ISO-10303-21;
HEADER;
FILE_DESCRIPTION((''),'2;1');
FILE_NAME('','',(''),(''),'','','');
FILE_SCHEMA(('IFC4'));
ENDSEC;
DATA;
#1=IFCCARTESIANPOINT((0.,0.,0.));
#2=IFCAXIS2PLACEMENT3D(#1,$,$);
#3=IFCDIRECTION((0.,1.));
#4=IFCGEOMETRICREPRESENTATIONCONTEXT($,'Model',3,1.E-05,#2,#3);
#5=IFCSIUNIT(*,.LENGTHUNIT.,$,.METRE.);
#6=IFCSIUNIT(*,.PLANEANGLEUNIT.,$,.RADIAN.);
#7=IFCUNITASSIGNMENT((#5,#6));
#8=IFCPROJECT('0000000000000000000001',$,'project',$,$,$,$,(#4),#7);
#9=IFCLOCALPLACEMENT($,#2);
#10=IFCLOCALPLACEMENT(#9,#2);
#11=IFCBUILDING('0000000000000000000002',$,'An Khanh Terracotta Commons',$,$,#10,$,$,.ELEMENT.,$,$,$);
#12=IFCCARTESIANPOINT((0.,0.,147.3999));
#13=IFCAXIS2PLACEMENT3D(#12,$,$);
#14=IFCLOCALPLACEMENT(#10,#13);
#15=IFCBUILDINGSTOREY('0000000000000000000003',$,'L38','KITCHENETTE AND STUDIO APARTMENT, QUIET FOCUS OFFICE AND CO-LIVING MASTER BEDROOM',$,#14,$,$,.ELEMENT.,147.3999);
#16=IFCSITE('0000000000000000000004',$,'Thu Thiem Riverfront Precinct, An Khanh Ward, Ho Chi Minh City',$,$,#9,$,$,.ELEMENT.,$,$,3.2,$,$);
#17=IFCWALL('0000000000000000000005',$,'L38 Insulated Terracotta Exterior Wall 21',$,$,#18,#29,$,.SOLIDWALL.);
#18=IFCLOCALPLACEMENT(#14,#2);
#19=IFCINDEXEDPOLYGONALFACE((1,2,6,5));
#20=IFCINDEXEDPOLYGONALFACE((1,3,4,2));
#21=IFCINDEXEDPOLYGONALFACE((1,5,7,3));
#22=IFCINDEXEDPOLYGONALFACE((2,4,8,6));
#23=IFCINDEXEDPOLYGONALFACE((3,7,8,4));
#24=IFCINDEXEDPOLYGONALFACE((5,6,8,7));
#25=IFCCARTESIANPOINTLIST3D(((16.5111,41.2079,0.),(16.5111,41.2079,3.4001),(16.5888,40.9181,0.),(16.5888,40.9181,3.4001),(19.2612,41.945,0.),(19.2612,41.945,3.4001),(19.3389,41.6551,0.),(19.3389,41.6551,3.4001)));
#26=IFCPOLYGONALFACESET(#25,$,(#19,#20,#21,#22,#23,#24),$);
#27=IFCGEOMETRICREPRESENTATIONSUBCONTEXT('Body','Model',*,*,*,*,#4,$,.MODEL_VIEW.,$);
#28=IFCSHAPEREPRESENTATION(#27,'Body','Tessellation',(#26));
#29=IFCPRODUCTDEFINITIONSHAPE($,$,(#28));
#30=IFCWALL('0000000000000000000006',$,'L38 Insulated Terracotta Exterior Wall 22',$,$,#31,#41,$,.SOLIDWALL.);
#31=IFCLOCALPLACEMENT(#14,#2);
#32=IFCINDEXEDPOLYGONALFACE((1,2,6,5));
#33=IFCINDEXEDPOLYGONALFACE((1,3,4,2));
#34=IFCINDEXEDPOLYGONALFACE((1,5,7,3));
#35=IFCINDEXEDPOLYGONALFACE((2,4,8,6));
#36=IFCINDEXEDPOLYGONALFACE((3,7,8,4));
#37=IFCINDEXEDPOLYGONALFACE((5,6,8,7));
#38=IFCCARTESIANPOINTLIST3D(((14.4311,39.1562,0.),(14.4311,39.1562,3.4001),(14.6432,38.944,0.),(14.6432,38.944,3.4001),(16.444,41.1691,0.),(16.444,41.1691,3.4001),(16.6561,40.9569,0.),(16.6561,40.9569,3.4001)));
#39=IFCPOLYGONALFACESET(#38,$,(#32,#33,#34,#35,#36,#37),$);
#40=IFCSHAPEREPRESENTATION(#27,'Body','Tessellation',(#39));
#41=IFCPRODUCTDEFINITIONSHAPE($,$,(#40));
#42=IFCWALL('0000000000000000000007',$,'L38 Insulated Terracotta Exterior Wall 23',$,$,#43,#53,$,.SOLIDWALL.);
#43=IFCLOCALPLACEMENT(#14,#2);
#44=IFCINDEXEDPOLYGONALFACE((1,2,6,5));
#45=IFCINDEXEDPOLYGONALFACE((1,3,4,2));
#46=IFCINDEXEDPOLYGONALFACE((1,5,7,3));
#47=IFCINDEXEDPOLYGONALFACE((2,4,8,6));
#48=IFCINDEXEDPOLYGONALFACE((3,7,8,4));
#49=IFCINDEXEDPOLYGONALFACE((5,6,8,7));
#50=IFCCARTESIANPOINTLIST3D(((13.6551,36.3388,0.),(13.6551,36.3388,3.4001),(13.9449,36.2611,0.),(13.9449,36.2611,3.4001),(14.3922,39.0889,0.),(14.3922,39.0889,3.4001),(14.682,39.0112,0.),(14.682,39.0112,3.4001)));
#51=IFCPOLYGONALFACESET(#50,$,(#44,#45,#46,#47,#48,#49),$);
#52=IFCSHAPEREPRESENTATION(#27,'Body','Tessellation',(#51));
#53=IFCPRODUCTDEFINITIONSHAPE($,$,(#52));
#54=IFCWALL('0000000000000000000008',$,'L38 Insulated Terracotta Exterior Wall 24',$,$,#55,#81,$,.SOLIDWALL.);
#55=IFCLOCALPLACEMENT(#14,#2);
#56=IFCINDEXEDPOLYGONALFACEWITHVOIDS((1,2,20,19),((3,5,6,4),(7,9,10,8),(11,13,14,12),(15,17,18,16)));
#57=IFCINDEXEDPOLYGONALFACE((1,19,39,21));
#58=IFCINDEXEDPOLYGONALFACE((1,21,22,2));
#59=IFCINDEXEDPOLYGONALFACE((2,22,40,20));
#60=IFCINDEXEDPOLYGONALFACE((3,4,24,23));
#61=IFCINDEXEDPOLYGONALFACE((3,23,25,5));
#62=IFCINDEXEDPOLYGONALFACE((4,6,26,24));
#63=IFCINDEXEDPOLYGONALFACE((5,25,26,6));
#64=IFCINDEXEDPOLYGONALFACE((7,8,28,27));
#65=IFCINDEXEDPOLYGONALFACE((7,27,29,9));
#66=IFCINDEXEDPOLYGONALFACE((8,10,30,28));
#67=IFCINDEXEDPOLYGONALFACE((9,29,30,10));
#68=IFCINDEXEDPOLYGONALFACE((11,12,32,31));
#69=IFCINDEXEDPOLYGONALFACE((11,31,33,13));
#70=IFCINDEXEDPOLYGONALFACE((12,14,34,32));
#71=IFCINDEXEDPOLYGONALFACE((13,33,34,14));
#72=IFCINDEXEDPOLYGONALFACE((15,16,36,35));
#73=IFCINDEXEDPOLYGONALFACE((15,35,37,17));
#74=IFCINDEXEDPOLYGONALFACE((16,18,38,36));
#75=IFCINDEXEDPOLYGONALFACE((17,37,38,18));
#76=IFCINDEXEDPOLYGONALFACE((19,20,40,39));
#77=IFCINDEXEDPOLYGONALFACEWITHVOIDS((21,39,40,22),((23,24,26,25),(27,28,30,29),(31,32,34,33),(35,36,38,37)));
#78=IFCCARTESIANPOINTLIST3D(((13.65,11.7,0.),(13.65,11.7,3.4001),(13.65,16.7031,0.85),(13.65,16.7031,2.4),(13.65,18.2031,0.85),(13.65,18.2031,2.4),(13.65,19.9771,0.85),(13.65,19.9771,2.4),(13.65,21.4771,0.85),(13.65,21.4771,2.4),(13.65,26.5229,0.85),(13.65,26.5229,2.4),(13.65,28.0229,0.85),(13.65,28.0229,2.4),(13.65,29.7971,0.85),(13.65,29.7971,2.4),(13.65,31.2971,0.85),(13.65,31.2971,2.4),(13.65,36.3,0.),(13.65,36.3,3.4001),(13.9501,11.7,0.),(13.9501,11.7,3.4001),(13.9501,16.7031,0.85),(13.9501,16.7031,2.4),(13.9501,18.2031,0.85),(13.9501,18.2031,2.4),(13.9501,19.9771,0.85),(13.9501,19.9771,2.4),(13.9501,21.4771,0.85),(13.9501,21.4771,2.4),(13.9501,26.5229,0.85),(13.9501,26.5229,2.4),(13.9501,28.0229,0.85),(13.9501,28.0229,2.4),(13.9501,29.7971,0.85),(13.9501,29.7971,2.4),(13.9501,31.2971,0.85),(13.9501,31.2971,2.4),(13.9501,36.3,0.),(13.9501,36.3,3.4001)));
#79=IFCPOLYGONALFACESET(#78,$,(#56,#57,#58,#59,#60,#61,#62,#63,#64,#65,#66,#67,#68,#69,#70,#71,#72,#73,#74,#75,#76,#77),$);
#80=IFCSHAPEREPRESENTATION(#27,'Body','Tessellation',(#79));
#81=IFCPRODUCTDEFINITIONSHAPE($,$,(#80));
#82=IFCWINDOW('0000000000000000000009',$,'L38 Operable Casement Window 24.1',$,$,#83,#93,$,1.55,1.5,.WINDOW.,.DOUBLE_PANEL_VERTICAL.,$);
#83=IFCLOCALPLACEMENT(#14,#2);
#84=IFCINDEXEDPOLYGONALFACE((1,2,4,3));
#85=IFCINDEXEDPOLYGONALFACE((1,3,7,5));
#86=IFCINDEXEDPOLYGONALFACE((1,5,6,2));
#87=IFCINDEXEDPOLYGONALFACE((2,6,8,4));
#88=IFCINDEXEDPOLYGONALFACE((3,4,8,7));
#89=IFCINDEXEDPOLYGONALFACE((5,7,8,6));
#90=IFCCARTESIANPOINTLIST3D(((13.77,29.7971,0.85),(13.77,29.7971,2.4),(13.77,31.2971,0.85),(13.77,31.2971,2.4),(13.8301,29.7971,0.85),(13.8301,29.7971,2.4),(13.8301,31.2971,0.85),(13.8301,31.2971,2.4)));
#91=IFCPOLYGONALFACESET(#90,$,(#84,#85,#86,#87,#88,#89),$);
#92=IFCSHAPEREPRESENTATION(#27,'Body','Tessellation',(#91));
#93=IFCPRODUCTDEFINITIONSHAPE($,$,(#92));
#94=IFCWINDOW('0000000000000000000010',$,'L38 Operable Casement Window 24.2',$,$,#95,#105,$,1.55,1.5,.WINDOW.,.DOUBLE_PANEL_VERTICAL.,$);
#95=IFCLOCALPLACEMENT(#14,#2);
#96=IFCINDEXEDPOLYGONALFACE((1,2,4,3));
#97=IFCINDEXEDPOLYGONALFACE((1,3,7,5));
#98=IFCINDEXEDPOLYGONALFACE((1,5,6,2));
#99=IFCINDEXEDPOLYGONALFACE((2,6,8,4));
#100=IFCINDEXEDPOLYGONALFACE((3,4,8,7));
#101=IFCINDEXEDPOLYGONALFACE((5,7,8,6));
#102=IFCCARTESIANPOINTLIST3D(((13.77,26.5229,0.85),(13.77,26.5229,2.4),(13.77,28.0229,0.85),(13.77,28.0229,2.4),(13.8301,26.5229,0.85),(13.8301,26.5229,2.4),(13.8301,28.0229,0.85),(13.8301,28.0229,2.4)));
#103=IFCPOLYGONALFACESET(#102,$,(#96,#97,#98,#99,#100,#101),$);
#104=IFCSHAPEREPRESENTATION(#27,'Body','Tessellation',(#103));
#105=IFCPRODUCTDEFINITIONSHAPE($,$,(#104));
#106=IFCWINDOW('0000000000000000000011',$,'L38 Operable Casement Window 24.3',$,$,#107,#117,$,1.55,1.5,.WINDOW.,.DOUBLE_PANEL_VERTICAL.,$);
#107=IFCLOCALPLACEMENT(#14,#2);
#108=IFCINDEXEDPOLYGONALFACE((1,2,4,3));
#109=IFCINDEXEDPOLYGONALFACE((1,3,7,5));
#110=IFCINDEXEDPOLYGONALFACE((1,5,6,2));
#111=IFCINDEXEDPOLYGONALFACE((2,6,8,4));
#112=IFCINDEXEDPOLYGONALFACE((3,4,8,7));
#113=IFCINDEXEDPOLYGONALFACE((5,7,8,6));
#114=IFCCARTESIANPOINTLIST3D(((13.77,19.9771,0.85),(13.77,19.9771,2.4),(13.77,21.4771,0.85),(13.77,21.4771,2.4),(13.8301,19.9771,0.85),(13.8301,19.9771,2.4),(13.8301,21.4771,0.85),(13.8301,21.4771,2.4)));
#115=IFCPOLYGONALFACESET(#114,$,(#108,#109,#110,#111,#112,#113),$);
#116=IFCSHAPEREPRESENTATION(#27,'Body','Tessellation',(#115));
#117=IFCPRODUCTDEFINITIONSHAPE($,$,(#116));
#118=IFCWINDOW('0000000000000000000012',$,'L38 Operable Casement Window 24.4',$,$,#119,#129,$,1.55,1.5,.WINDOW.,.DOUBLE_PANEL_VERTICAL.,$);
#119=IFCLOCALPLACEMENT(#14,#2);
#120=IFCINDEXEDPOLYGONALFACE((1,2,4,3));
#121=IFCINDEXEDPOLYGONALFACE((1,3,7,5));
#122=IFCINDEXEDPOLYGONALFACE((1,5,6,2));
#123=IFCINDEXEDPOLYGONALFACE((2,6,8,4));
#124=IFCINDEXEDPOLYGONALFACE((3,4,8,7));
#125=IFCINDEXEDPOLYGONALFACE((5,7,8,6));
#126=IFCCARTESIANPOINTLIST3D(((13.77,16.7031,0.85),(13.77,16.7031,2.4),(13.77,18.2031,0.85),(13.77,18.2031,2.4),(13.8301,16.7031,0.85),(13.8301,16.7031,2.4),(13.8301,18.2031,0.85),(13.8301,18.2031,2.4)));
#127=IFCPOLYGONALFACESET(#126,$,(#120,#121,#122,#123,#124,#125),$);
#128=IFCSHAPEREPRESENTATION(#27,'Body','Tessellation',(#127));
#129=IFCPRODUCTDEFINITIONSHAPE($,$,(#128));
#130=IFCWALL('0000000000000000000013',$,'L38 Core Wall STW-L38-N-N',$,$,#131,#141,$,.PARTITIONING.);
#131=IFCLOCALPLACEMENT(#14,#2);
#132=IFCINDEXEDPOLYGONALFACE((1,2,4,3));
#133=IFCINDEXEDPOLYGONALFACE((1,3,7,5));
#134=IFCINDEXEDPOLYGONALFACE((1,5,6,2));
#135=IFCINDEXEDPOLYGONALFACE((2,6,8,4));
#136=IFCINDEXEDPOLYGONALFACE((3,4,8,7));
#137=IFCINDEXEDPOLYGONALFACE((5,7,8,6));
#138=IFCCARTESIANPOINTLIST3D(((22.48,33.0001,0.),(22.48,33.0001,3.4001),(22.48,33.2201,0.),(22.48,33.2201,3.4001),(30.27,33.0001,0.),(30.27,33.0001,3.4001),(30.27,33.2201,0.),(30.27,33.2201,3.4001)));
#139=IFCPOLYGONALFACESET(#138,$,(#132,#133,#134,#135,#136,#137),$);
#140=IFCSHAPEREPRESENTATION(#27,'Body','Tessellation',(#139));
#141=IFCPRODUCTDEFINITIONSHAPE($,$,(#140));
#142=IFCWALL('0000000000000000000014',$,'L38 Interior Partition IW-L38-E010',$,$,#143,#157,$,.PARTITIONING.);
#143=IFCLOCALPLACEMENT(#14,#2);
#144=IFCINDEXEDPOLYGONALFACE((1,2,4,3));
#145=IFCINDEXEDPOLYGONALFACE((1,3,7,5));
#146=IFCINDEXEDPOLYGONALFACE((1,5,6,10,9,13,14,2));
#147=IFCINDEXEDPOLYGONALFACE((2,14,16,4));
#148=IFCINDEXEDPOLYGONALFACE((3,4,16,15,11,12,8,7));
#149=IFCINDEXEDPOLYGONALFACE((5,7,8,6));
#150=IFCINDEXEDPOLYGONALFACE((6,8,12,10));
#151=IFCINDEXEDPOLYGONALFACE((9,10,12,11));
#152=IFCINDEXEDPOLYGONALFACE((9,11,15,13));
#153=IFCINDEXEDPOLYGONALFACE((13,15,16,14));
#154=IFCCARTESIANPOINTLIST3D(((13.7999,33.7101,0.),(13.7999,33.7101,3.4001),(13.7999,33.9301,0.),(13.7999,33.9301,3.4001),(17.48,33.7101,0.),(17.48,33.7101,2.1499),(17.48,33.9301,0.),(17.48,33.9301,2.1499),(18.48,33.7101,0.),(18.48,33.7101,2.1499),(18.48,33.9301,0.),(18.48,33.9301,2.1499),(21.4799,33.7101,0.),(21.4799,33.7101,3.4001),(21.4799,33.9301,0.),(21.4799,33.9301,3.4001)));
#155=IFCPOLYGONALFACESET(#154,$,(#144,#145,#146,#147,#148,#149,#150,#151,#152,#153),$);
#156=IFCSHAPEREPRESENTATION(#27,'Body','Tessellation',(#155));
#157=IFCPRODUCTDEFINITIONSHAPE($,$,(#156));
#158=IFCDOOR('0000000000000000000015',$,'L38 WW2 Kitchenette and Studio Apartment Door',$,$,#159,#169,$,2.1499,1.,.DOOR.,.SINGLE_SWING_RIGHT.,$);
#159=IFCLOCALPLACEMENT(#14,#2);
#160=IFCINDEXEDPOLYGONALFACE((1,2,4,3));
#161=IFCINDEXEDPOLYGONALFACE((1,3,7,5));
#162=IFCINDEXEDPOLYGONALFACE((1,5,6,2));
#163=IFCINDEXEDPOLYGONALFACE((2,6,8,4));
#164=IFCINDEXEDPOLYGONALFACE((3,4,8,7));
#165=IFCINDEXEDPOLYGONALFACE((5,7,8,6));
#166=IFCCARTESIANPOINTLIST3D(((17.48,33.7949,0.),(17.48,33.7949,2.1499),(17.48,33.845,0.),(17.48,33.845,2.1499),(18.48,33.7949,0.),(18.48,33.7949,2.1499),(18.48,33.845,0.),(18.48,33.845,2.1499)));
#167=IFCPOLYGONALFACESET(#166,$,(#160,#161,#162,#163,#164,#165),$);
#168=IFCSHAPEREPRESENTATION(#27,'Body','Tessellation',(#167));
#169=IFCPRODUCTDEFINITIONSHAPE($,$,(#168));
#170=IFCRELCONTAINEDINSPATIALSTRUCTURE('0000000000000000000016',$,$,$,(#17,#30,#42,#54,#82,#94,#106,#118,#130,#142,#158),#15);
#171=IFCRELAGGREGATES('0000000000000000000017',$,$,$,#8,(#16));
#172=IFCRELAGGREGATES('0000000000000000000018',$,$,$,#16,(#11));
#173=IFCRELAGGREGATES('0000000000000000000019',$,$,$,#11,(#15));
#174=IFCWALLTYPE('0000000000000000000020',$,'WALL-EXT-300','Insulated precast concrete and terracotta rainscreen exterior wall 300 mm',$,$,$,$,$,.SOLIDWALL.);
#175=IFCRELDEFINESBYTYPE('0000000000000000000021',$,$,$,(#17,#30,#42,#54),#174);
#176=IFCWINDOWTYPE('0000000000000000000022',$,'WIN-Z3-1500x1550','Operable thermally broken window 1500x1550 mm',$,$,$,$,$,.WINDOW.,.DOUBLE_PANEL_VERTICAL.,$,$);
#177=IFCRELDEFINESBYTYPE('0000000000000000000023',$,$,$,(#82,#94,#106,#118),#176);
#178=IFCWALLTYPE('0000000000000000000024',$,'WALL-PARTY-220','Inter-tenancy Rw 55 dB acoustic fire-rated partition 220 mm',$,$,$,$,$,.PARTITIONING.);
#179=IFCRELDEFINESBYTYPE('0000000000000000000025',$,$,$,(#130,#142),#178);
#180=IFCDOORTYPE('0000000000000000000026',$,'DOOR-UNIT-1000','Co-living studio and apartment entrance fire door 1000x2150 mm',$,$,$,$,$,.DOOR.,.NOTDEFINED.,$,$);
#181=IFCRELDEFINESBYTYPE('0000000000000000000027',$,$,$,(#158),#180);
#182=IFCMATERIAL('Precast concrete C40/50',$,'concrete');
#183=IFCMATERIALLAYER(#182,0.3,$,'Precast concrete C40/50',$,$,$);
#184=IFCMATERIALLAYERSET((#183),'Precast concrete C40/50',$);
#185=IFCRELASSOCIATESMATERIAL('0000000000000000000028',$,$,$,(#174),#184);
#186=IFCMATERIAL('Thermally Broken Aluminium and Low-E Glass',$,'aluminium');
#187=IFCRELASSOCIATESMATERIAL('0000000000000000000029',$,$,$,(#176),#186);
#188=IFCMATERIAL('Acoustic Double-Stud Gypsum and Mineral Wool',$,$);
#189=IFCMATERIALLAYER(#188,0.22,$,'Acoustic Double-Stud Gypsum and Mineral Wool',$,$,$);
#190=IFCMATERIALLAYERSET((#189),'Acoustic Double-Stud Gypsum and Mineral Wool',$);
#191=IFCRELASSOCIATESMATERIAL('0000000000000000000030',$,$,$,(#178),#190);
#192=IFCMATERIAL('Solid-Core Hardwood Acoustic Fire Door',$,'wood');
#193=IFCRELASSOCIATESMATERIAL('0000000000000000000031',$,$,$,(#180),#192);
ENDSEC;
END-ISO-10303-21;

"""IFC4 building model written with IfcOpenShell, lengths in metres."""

from ifc_helpers import new_model, si_unit, direction, frame, frame_2d, origin, place, context, subcontext, project, spatial, rectangle, extrude, material, layer, layer_set, type_object, element, fill, save


model = new_model("IFC4")

# Units and contexts
model_context = context("Model", 3, precision=1e-05, world=origin(), true_north=direction((0.0, 1.0)))
body_context = subcontext(model_context, "Body", "Model", "MODEL_VIEW")
ifc_project = project(units=[si_unit("LENGTHUNIT", "METRE"), si_unit("PLANEANGLEUNIT", "RADIAN")], contexts=[model_context])

# Site, building, storey
site_placement = place(None, origin())
site = spatial("IfcSite", under=ifc_project, at=site_placement, Name="Thu Thiem Riverfront Precinct, An Khanh Ward, Ho Chi Minh City", CompositionType="ELEMENT", RefElevation=3.2)
building_placement = place(site_placement, origin())
building = spatial("IfcBuilding", under=site, at=building_placement, Name="An Khanh Terracotta Commons", CompositionType="ELEMENT")
storey_placement = place(building_placement, frame((0.0, 0.0, 147.3999)))
storey = spatial("IfcBuildingStorey", under=building, at=storey_placement, Name="L38", Description="KITCHENETTE AND STUDIO APARTMENT, QUIET FOCUS OFFICE AND CO-LIVING MASTER BEDROOM", CompositionType="ELEMENT", Elevation=147.3999)

# Walls
ifc_material_1 = material(Name="Precast concrete C40/50", Category="concrete")
ifc_layer_1 = layer(ifc_material_1, 0.3, Name="Precast concrete C40/50")
ifc_layer_set_1 = layer_set([ifc_layer_1], Name="Precast concrete C40/50")
wall_type_1 = type_object("IfcWallType", Name="WALL-EXT-300", Description="Insulated precast concrete and terracotta rainscreen exterior wall 300 mm", PredefinedType="SOLIDWALL", material=ifc_layer_set_1)
wall_1_placement = place(storey_placement, frame((19.3, 41.8, 0.0), z_axis=(0.0, 0.0, 1.0), x_axis=(-0.965908, -0.258885, 0.0)))
element("IfcWall", 1, at=wall_1_placement, inside=storey, type_object=wall_type_1, Name="L38 Insulated Terracotta Exterior Wall 21", PredefinedType="SOLIDWALL", context=body_context, shape_type="SweptSolid", body=[
    extrude(rectangle(XDim=2.8472, YDim=0.3, at=frame_2d((1.4236, 0.0))), origin(), (0.0, 0.0, 1.0), 3.4001),
])
wall_2_placement = place(storey_placement, frame((16.55, 41.063, 0.0), z_axis=(0.0, 0.0, 1.0), x_axis=(-0.707107, -0.707107, 0.0)))
element("IfcWall", 2, at=wall_2_placement, inside=storey, type_object=wall_type_1, Name="L38 Insulated Terracotta Exterior Wall 22", PredefinedType="SOLIDWALL", context=body_context, shape_type="SweptSolid", body=[
    extrude(rectangle(XDim=2.8467, YDim=0.3, at=frame_2d((1.4233, 0.0))), origin(), (0.0, 0.0, 1.0), 3.4001),
])
wall_3_placement = place(storey_placement, frame((14.5371, 39.05, 0.0), z_axis=(0.0, 0.0, 1.0), x_axis=(-0.258885, -0.965908, 0.0)))
element("IfcWall", 3, at=wall_3_placement, inside=storey, type_object=wall_type_1, Name="L38 Insulated Terracotta Exterior Wall 23", PredefinedType="SOLIDWALL", context=body_context, shape_type="SweptSolid", body=[
    extrude(rectangle(XDim=2.8472, YDim=0.3, at=frame_2d((1.4236, 0.0))), origin(), (0.0, 0.0, 1.0), 3.4001),
])

# Wall, openings, windows
wall_4_placement = place(storey_placement, frame((13.8, 36.3, 0.0), z_axis=(0.0, 0.0, 1.0), x_axis=(0.0, -1.0, 0.0)))
wall_4 = element("IfcWall", 4, at=wall_4_placement, inside=storey, type_object=wall_type_1, Name="L38 Insulated Terracotta Exterior Wall 24", PredefinedType="SOLIDWALL", context=body_context, shape_type="SweptSolid", body=[
    extrude(rectangle(XDim=24.6001, YDim=0.3, at=frame_2d((12.3, 0.0))), origin(), (0.0, 0.0, 1.0), 3.4001),
])
opening_1_placement = place(wall_4_placement, frame((5.0029, 0.0, 0.8501)))
opening_1 = element("IfcOpeningElement", 5, at=opening_1_placement, cuts=wall_4, PredefinedType="OPENING", context=body_context, shape_type="SweptSolid", body=[
    extrude(rectangle(XDim=1.5, YDim=1.55, at=frame_2d((0.75, 0.7749))), frame((0.0, 0.1599, 0.0), z_axis=(0.0, -1.0, 0.0), x_axis=(1.0, 0.0, 0.0)), (0.0, 0.0, 1.0), 0.3201),
])
opening_2_placement = place(wall_4_placement, frame((8.2771, 0.0, 0.8501)))
opening_2 = element("IfcOpeningElement", 6, at=opening_2_placement, cuts=wall_4, PredefinedType="OPENING", context=body_context, shape_type="SweptSolid", body=[
    extrude(rectangle(XDim=1.5, YDim=1.55, at=frame_2d((0.75, 0.7749))), frame((0.0, 0.1599, 0.0), z_axis=(0.0, -1.0, 0.0), x_axis=(1.0, 0.0, 0.0)), (0.0, 0.0, 1.0), 0.3201),
])
opening_3_placement = place(wall_4_placement, frame((14.823, 0.0, 0.8501)))
opening_3 = element("IfcOpeningElement", 7, at=opening_3_placement, cuts=wall_4, PredefinedType="OPENING", context=body_context, shape_type="SweptSolid", body=[
    extrude(rectangle(XDim=1.5, YDim=1.55, at=frame_2d((0.75, 0.7749))), frame((0.0, 0.1599, 0.0), z_axis=(0.0, -1.0, 0.0), x_axis=(1.0, 0.0, 0.0)), (0.0, 0.0, 1.0), 0.3201),
])
opening_4_placement = place(wall_4_placement, frame((18.0969, 0.0, 0.8501)))
opening_4 = element("IfcOpeningElement", 8, at=opening_4_placement, cuts=wall_4, PredefinedType="OPENING", context=body_context, shape_type="SweptSolid", body=[
    extrude(rectangle(XDim=1.5, YDim=1.55, at=frame_2d((0.75, 0.7749))), frame((0.0, 0.1599, 0.0), z_axis=(0.0, -1.0, 0.0), x_axis=(1.0, 0.0, 0.0)), (0.0, 0.0, 1.0), 0.3201),
])
ifc_material_2 = material(Name="Thermally Broken Aluminium and Low-E Glass", Category="aluminium")
window_type = type_object("IfcWindowType", Name="WIN-Z3-1500x1550", Description="Operable thermally broken window 1500x1550 mm", PartitioningType="DOUBLE_PANEL_VERTICAL", PredefinedType="WINDOW", material=ifc_material_2)
window_1_placement = place(opening_1_placement, origin())
window_1 = element("IfcWindow", 9, at=window_1_placement, inside=storey, type_object=window_type, Name="L38 Operable Casement Window 24.1", OverallHeight=1.55, OverallWidth=1.5, PartitioningType="DOUBLE_PANEL_VERTICAL", PredefinedType="WINDOW", context=body_context, shape_type="SweptSolid", body=[
    extrude(rectangle(XDim=1.5, YDim=1.55, at=frame_2d((0.75, 0.7749))), frame((0.0, 0.03, 0.0), z_axis=(0.0, -1.0, 0.0), x_axis=(1.0, 0.0, 0.0)), (0.0, 0.0, 1.0), 0.0601),
])
fill(opening_1, window_1)
window_2_placement = place(opening_2_placement, origin())
window_2 = element("IfcWindow", 10, at=window_2_placement, inside=storey, type_object=window_type, Name="L38 Operable Casement Window 24.2", OverallHeight=1.55, OverallWidth=1.5, PartitioningType="DOUBLE_PANEL_VERTICAL", PredefinedType="WINDOW", context=body_context, shape_type="SweptSolid", body=[
    extrude(rectangle(XDim=1.5, YDim=1.55, at=frame_2d((0.75, 0.7749))), frame((0.0, 0.03, 0.0), z_axis=(0.0, -1.0, 0.0), x_axis=(1.0, 0.0, 0.0)), (0.0, 0.0, 1.0), 0.0601),
])
fill(opening_2, window_2)
window_3_placement = place(opening_3_placement, origin())
window_3 = element("IfcWindow", 11, at=window_3_placement, inside=storey, type_object=window_type, Name="L38 Operable Casement Window 24.3", OverallHeight=1.55, OverallWidth=1.5, PartitioningType="DOUBLE_PANEL_VERTICAL", PredefinedType="WINDOW", context=body_context, shape_type="SweptSolid", body=[
    extrude(rectangle(XDim=1.5, YDim=1.55, at=frame_2d((0.75, 0.7749))), frame((0.0, 0.03, 0.0), z_axis=(0.0, -1.0, 0.0), x_axis=(1.0, 0.0, 0.0)), (0.0, 0.0, 1.0), 0.0601),
])
fill(opening_3, window_3)
window_4_placement = place(opening_4_placement, origin())
window_4 = element("IfcWindow", 12, at=window_4_placement, inside=storey, type_object=window_type, Name="L38 Operable Casement Window 24.4", OverallHeight=1.55, OverallWidth=1.5, PartitioningType="DOUBLE_PANEL_VERTICAL", PredefinedType="WINDOW", context=body_context, shape_type="SweptSolid", body=[
    extrude(rectangle(XDim=1.5, YDim=1.55, at=frame_2d((0.75, 0.7749))), frame((0.0, 0.03, 0.0), z_axis=(0.0, -1.0, 0.0), x_axis=(1.0, 0.0, 0.0)), (0.0, 0.0, 1.0), 0.0601),
])
fill(opening_4, window_4)

# Wall
ifc_material_3 = material(Name="Acoustic Double-Stud Gypsum and Mineral Wool")
ifc_layer_2 = layer(ifc_material_3, 0.22, Name="Acoustic Double-Stud Gypsum and Mineral Wool")
ifc_layer_set_2 = layer_set([ifc_layer_2], Name="Acoustic Double-Stud Gypsum and Mineral Wool")
wall_type_2 = type_object("IfcWallType", Name="WALL-PARTY-220", Description="Inter-tenancy Rw 55 dB acoustic fire-rated partition 220 mm", PredefinedType="PARTITIONING", material=ifc_layer_set_2)
wall_5_placement = place(storey_placement, frame((22.48, 33.1101, 0.0), z_axis=(0.0, 0.0, 1.0), x_axis=(1.0, 0.0, 0.0)))
element("IfcWall", 13, at=wall_5_placement, inside=storey, type_object=wall_type_2, Name="L38 Core Wall STW-L38-N-N", PredefinedType="PARTITIONING", context=body_context, shape_type="SweptSolid", body=[
    extrude(rectangle(XDim=7.79, YDim=0.22, at=frame_2d((3.895, 0.0))), origin(), (0.0, 0.0, 1.0), 3.4001),
])

# Wall, opening, door
wall_6_placement = place(storey_placement, frame((13.8, 33.8201, 0.0), z_axis=(0.0, 0.0, 1.0), x_axis=(1.0, 0.0, 0.0)))
wall_6 = element("IfcWall", 14, at=wall_6_placement, inside=storey, type_object=wall_type_2, Name="L38 Interior Partition IW-L38-E010", PredefinedType="PARTITIONING", context=body_context, shape_type="SweptSolid", body=[
    extrude(rectangle(XDim=7.6799, YDim=0.22, at=frame_2d((3.8398, 0.0))), origin(), (0.0, 0.0, 1.0), 3.4001),
])
opening_5_placement = place(wall_6_placement, frame((3.6799, 0.0, 0.0)))
opening_5 = element("IfcOpeningElement", 15, at=opening_5_placement, cuts=wall_6, PredefinedType="OPENING", context=body_context, shape_type="SweptSolid", body=[
    extrude(rectangle(XDim=1.0, YDim=2.1499, at=frame_2d((0.5, 1.075))), frame((0.0, 0.1199, 0.0), z_axis=(0.0, -1.0, 0.0), x_axis=(1.0, 0.0, 0.0)), (0.0, 0.0, 1.0), 0.24),
])
ifc_material_4 = material(Name="Solid-Core Hardwood Acoustic Fire Door", Category="wood")
door_type_1 = type_object("IfcDoorType", Name="DOOR-UNIT-1000", Description="Co-living studio and apartment entrance fire door 1000x2150 mm", OperationType="NOTDEFINED", PredefinedType="DOOR", material=ifc_material_4)
door_1_placement = place(opening_5_placement, origin())
door_1 = element("IfcDoor", 16, at=door_1_placement, inside=storey, type_object=door_type_1, Name="L38 WW2 Kitchenette and Studio Apartment Door", OperationType="SINGLE_SWING_RIGHT", OverallHeight=2.1499, OverallWidth=1.0, PredefinedType="DOOR", context=body_context, shape_type="SweptSolid", body=[
    extrude(rectangle(XDim=1.0, YDim=2.1499, at=frame_2d((0.5, 1.075))), frame((0.0, 0.0249, 0.0), z_axis=(0.0, -1.0, 0.0), x_axis=(1.0, 0.0, 0.0)), (0.0, 0.0, 1.0), 0.05),
])
fill(opening_5, door_1)

save(model, "model.ifc")
